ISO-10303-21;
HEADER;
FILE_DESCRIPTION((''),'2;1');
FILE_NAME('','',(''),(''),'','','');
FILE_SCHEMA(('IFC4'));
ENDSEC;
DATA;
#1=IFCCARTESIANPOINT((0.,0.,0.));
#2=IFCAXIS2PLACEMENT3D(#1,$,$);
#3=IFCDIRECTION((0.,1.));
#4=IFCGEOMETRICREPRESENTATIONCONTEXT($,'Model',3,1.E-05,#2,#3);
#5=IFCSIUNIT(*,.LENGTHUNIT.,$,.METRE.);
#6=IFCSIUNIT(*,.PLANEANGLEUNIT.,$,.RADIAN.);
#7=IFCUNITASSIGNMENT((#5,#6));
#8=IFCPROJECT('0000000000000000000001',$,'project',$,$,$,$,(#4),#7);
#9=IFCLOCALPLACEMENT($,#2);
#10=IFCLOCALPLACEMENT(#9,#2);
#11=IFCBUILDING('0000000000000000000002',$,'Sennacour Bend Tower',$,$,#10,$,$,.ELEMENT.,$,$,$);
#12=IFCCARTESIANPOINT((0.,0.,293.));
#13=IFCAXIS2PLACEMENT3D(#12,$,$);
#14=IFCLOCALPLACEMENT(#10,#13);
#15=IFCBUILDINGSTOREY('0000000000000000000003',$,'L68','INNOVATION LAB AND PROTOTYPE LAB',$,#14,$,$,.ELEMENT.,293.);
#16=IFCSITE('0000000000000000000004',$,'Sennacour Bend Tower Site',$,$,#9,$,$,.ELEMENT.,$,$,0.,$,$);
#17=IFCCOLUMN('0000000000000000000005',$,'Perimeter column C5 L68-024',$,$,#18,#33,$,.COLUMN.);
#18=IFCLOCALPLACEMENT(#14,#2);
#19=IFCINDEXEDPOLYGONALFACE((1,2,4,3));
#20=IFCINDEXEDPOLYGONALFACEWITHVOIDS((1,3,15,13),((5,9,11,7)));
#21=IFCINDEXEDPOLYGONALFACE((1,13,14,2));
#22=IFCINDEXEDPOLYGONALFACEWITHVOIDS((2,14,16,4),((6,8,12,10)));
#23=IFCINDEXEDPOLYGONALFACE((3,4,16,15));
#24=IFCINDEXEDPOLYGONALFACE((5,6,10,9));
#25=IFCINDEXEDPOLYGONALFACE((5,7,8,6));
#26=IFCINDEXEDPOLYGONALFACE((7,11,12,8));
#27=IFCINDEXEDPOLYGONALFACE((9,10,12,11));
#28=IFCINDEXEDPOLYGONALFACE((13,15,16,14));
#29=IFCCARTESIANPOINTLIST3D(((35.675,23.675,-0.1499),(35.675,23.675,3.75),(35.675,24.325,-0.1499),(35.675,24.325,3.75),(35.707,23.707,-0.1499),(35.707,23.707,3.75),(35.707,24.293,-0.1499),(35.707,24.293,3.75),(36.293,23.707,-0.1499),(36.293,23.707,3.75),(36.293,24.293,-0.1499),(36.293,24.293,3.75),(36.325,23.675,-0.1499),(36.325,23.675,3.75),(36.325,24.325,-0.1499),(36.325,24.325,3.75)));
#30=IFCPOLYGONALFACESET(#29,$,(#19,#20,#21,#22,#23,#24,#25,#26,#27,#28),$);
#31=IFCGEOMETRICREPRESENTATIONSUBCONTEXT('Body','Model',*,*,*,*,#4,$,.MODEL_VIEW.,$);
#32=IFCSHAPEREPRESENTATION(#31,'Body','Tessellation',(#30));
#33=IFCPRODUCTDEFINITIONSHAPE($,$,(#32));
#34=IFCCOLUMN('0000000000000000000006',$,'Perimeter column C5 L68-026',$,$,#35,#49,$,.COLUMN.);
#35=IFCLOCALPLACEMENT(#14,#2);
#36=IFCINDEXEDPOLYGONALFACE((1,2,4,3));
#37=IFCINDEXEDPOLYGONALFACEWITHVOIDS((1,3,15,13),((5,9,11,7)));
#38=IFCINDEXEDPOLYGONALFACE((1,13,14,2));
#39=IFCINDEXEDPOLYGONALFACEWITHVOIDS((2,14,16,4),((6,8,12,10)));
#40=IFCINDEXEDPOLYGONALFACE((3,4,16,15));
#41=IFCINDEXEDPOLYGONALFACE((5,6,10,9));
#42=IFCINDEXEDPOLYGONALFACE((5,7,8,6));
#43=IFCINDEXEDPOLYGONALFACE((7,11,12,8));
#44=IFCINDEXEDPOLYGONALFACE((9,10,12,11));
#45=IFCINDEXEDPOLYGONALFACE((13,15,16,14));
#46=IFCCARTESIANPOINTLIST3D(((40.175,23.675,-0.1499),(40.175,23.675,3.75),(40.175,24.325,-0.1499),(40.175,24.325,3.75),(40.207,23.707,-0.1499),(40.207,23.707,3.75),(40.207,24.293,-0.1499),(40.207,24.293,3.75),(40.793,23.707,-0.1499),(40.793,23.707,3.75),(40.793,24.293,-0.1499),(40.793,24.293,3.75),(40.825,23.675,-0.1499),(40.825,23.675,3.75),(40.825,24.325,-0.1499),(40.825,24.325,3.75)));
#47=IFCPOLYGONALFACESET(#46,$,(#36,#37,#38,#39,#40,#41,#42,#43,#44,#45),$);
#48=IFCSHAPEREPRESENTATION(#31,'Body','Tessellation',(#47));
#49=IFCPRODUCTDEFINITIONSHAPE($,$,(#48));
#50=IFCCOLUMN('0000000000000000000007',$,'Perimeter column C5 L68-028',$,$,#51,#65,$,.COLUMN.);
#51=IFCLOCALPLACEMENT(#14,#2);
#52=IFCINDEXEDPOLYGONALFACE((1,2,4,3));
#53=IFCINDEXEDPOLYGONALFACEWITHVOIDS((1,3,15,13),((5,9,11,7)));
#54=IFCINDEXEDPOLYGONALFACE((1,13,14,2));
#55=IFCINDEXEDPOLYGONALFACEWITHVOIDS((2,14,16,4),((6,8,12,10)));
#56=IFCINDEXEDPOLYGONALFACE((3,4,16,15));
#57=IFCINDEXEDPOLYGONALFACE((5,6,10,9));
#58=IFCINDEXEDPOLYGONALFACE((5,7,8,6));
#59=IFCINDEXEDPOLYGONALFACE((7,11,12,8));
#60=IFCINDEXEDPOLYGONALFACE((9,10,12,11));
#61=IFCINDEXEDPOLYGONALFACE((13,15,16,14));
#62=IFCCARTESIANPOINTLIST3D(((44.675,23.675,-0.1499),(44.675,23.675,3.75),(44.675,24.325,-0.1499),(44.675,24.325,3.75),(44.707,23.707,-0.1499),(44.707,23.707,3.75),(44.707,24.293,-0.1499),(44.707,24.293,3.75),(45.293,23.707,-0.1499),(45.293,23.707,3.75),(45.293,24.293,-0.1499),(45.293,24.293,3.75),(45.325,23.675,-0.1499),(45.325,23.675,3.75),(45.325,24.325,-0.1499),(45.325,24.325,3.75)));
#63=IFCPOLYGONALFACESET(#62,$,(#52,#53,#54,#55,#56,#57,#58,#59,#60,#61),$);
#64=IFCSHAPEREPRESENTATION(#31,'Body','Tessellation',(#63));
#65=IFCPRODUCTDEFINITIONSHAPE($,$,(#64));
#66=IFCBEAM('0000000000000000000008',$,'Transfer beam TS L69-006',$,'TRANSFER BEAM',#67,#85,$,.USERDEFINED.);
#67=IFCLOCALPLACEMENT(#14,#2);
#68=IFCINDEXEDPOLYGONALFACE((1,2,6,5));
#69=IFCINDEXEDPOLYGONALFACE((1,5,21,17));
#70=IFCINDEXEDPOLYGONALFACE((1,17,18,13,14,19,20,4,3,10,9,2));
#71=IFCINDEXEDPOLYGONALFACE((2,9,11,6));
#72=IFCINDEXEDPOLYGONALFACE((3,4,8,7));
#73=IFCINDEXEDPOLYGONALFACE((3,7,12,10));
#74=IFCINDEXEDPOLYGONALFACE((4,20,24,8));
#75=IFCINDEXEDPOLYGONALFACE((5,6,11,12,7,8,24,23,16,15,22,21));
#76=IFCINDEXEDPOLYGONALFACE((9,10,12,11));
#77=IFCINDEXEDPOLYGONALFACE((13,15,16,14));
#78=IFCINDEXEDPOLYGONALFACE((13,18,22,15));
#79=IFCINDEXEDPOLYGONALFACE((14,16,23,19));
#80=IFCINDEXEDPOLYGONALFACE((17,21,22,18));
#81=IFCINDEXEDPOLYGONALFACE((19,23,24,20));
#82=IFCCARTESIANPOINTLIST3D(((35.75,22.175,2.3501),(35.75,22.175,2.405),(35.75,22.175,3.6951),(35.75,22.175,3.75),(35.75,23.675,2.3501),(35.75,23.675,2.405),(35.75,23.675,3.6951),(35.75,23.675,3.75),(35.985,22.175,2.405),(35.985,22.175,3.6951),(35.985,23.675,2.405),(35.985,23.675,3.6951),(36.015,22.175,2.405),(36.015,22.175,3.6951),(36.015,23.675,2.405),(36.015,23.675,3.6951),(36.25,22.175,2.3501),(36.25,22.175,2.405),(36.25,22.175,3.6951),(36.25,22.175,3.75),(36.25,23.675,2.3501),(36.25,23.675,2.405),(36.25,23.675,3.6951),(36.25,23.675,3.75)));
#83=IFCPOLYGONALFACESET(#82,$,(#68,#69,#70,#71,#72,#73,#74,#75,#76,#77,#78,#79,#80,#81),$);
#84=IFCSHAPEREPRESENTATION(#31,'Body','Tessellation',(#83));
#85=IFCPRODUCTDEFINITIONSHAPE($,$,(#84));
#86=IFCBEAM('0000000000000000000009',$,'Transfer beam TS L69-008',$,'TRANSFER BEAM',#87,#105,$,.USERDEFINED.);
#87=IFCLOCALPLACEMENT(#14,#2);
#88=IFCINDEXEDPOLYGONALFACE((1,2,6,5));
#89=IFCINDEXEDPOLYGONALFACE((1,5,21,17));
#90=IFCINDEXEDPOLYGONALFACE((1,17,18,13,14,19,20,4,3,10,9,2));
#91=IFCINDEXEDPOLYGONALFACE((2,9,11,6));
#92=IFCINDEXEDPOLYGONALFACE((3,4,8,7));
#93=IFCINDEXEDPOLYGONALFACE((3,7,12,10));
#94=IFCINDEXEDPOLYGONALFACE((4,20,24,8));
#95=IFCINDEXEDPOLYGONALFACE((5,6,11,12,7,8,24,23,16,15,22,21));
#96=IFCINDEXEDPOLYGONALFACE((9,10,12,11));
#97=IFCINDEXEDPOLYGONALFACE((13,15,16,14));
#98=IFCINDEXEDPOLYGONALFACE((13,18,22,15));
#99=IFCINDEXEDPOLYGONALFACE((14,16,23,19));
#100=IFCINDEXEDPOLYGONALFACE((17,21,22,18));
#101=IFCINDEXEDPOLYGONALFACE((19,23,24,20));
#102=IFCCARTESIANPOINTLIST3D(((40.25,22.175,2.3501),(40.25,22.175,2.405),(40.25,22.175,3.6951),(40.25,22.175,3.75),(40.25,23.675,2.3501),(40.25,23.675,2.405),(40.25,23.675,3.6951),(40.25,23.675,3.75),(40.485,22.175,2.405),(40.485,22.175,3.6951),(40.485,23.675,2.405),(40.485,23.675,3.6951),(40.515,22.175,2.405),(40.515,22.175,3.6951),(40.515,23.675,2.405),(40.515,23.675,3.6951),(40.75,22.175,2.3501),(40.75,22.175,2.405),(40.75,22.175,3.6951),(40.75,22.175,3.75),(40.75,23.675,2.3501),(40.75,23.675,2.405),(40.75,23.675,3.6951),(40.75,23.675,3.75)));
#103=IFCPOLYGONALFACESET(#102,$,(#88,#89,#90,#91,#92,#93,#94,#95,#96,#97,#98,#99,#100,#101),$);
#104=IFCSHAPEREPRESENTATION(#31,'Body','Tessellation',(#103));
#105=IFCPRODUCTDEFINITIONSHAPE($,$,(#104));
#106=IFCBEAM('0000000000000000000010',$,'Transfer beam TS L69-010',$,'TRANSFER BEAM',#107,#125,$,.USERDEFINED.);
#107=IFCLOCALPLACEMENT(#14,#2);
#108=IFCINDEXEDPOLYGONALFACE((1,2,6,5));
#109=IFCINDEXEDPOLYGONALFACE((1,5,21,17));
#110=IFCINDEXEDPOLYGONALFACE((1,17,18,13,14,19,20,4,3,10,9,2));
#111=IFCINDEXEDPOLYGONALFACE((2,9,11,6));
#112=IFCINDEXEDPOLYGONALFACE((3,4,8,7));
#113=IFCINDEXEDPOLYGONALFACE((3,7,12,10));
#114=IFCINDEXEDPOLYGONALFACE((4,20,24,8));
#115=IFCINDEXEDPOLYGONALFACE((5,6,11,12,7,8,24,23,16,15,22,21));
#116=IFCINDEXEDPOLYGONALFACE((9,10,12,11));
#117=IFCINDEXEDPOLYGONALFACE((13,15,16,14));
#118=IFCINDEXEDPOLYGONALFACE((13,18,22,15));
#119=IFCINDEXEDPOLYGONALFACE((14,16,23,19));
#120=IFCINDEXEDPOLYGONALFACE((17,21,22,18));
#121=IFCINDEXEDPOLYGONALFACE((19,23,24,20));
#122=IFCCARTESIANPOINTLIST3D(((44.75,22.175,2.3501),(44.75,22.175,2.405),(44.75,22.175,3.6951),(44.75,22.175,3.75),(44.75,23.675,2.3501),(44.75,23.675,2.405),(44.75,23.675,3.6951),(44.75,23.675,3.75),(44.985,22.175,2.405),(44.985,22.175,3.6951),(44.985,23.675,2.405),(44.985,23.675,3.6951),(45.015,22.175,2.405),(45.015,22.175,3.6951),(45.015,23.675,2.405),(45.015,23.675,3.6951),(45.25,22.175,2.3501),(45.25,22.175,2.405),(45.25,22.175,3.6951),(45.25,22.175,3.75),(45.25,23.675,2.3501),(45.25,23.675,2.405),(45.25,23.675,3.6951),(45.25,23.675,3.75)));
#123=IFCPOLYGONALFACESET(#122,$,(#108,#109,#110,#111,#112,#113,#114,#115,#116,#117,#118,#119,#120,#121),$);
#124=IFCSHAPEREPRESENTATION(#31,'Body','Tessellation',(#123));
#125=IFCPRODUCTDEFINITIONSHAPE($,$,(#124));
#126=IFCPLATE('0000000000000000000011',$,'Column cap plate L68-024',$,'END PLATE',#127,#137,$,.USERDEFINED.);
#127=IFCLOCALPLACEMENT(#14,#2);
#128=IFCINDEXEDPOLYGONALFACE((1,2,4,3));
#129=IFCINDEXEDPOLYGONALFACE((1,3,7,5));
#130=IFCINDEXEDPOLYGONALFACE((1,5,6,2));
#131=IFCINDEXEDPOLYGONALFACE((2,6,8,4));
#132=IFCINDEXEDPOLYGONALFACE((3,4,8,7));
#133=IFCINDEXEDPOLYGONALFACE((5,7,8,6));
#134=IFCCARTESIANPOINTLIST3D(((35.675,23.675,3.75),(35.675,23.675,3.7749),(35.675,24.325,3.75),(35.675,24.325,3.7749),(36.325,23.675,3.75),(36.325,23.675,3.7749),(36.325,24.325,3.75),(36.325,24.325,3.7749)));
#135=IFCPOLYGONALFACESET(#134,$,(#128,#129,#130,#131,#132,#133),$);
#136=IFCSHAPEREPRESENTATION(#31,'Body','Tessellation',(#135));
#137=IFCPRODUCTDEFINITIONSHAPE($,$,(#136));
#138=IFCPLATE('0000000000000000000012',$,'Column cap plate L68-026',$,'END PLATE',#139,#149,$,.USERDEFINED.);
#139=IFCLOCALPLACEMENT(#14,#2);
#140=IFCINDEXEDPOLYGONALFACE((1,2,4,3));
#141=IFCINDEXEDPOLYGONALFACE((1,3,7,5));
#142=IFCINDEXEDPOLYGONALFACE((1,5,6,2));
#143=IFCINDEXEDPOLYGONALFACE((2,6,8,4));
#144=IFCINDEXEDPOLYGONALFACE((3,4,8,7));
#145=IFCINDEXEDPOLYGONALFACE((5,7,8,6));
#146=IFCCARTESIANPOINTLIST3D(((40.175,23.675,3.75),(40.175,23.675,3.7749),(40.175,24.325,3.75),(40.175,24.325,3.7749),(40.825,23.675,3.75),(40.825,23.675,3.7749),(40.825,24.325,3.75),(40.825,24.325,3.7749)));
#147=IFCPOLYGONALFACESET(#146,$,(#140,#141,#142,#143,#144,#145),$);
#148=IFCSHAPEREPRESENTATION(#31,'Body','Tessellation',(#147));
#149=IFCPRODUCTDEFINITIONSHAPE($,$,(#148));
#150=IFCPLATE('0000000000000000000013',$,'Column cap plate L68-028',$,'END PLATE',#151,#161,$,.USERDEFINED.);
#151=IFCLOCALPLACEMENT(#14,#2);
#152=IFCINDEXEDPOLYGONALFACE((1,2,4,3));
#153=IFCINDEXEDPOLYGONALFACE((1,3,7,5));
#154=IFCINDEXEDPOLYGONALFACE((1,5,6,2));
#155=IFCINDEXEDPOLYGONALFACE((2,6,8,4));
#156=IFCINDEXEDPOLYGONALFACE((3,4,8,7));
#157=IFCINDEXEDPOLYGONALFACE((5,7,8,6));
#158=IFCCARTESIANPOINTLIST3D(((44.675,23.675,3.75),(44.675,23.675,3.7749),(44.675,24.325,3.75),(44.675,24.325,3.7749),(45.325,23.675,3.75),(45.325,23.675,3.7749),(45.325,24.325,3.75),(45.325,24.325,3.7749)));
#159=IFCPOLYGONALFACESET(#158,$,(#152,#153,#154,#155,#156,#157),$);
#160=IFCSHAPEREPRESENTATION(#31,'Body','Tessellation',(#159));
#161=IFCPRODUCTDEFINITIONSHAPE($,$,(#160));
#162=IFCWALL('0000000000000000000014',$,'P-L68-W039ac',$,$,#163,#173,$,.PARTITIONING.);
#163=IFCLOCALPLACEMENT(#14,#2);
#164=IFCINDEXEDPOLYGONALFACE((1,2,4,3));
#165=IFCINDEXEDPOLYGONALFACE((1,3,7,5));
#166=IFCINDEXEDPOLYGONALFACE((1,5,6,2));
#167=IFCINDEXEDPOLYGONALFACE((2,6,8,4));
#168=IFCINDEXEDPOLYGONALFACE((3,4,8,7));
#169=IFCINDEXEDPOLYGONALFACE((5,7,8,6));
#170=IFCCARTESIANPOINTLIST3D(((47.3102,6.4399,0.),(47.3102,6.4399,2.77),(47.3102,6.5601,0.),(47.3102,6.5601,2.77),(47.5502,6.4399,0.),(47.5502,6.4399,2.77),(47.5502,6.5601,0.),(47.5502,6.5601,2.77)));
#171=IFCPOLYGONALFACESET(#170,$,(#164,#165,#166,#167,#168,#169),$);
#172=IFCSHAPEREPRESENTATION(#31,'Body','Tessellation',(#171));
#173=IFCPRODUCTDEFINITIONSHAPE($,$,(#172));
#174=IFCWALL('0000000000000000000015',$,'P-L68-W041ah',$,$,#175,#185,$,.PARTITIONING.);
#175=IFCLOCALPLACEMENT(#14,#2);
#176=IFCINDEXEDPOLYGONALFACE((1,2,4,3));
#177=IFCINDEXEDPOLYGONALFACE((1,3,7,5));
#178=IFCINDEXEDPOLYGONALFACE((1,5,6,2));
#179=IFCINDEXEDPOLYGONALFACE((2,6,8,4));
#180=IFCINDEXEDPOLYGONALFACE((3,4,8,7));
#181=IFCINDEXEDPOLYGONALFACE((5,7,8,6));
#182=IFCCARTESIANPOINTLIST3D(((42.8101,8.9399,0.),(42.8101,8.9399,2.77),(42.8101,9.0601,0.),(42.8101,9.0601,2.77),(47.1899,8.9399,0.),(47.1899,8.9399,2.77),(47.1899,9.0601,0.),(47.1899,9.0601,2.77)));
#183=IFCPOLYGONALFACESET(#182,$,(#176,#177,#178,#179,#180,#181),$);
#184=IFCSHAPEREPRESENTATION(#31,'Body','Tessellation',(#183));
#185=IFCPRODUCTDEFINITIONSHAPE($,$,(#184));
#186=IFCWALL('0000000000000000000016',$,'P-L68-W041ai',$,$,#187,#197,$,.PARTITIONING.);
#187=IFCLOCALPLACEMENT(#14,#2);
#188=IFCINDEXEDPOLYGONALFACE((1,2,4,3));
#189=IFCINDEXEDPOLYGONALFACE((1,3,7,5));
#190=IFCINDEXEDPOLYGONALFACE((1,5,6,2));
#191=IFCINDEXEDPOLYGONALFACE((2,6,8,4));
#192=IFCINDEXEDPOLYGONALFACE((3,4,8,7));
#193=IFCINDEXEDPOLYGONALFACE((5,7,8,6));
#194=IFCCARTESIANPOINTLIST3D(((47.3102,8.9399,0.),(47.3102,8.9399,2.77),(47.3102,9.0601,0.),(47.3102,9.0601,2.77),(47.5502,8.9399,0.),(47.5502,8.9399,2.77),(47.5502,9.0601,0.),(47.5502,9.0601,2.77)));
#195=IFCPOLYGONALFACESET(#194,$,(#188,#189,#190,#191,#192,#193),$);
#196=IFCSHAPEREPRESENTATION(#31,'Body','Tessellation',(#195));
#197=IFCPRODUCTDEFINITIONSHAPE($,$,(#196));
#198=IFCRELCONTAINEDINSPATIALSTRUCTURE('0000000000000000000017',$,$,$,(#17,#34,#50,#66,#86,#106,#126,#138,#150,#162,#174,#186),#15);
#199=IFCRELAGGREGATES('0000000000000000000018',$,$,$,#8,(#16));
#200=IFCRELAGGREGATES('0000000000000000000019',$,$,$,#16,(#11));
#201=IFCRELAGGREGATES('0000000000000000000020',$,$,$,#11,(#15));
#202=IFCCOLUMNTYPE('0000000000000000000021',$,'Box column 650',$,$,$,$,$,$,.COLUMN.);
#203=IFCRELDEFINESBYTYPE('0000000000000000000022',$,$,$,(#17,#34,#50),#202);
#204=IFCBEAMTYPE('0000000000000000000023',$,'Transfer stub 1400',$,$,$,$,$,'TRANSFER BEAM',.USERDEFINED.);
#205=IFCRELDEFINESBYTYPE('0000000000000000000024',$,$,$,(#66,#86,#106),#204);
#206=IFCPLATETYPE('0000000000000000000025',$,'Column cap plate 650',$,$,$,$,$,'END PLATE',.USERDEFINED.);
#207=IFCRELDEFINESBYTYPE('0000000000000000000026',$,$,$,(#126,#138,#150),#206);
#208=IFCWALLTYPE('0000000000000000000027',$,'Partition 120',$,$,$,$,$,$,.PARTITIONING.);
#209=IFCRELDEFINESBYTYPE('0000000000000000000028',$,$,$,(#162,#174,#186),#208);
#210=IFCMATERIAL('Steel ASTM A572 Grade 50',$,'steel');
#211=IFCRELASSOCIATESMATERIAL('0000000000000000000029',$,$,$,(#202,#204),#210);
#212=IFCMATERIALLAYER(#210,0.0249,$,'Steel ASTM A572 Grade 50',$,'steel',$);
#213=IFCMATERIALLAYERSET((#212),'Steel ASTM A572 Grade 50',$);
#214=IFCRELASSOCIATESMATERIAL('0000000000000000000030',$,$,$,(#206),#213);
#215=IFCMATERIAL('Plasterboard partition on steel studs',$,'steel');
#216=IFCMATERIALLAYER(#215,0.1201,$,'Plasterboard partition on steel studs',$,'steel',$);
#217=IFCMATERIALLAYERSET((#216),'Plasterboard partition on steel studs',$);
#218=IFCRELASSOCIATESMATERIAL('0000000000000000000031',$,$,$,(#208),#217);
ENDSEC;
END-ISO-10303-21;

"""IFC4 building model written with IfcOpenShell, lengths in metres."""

from ifc_helpers import new_model, si_unit, direction, frame, frame_2d, origin, origin_2d, place, context, subcontext, project, spatial, rectangle, hollow_rectangle, i_section, extrude, material, layer, layer_set, material_profile, profile_set, type_object, element, save


model = new_model("IFC4")

# Units and contexts
model_context = context("Model", 3, precision=1e-05, world=origin(), true_north=direction((0.0, 1.0)))
body_context = subcontext(model_context, "Body", "Model", "MODEL_VIEW")
ifc_project = project(units=[si_unit("LENGTHUNIT", "METRE"), si_unit("PLANEANGLEUNIT", "RADIAN")], contexts=[model_context])

# Site, building, storey
site_placement = place(None, origin())
site = spatial("IfcSite", under=ifc_project, at=site_placement, Name="Sennacour Bend Tower Site", CompositionType="ELEMENT", RefElevation=0.0)
building_placement = place(site_placement, origin())
building = spatial("IfcBuilding", under=site, at=building_placement, Name="Sennacour Bend Tower", CompositionType="ELEMENT")
storey_placement = place(building_placement, frame((0.0, 0.0, 293.0)))
storey = spatial("IfcBuildingStorey", under=building, at=storey_placement, Name="L68", Description="INNOVATION LAB AND PROTOTYPE LAB", CompositionType="ELEMENT", Elevation=293.0)

# Columns
ifc_material_1 = material(Name="Steel ASTM A572 Grade 50", Category="steel")
ifc_material_profile_1 = material_profile(ifc_material_1, hollow_rectangle(XDim=0.6499, YDim=0.6499, WallThickness=0.032, at=origin_2d()), Name="Steel ASTM A572 Grade 50", Category="steel")
ifc_profile_set_1 = profile_set([ifc_material_profile_1], Name="Steel ASTM A572 Grade 50")
column_type = type_object("IfcColumnType", Name="Box column 650", PredefinedType="COLUMN", material=ifc_profile_set_1)
for number, where, z_axis, x_axis, name in (
    (1, (36.0, 24.0, -0.1499), (0.0, 0.0, 1.0), (1.0, 0.0, 0.0), "Perimeter column C5 L68-024"),
    (2, (40.5, 24.0, -0.1499), (0.0, 0.0, 1.0), (1.0, 0.0, 0.0), "Perimeter column C5 L68-026"),
    (3, (45.0, 24.0, -0.1499), (0.0, 0.0, 1.0), (1.0, 0.0, 0.0), "Perimeter column C5 L68-028"),
):
    element("IfcColumn", number, at=place(storey_placement, frame(where, z_axis=z_axis, x_axis=x_axis)), inside=storey, type_object=column_type, Name=name, PredefinedType="COLUMN", context=body_context, shape_type="SweptSolid", body=[
        extrude(hollow_rectangle(XDim=0.6499, YDim=0.6499, WallThickness=0.032, at=origin_2d()), origin(), (0.0, 0.0, 1.0), 3.8999),
    ])

# Beams
ifc_material_profile_2 = material_profile(ifc_material_1, i_section(OverallWidth=0.5, OverallDepth=1.3999, WebThickness=0.03, FlangeThickness=0.0549, at=origin_2d()), Name="Steel ASTM A572 Grade 50", Category="steel")
ifc_profile_set_2 = profile_set([ifc_material_profile_2], Name="Steel ASTM A572 Grade 50")
beam_type = type_object("IfcBeamType", Name="Transfer stub 1400", ElementType="TRANSFER BEAM", PredefinedType="USERDEFINED", material=ifc_profile_set_2)
for number, where, z_axis, x_axis, name in (
    (4, (36.0, 23.675, 3.05), (0.0, -1.0, 0.0), (1.0, 0.0, 0.0), "Transfer beam TS L69-006"),
    (5, (40.5, 23.675, 3.05), (0.0, -1.0, 0.0), (1.0, 0.0, 0.0), "Transfer beam TS L69-008"),
    (6, (45.0, 23.675, 3.05), (0.0, -1.0, 0.0), (1.0, 0.0, 0.0), "Transfer beam TS L69-010"),
):
    element("IfcBeam", number, at=place(storey_placement, frame(where, z_axis=z_axis, x_axis=x_axis)), inside=storey, type_object=beam_type, Name=name, ObjectType="TRANSFER BEAM", PredefinedType="USERDEFINED", context=body_context, shape_type="SweptSolid", body=[
        extrude(i_section(OverallWidth=0.5, OverallDepth=1.3999, WebThickness=0.03, FlangeThickness=0.0549, at=origin_2d()), origin(), (0.0, 0.0, 1.0), 1.5),
    ])

# Plates
ifc_layer_1 = layer(ifc_material_1, 0.0249, Name="Steel ASTM A572 Grade 50", Category="steel")
ifc_layer_set_1 = layer_set([ifc_layer_1], Name="Steel ASTM A572 Grade 50")
plate_type = type_object("IfcPlateType", Name="Column cap plate 650", ElementType="END PLATE", PredefinedType="USERDEFINED", material=ifc_layer_set_1)
for number, where, z_axis, x_axis, name in (
    (7, (36.0, 24.0, 3.75), (0.0, 0.0, 1.0), (1.0, 0.0, 0.0), "Column cap plate L68-024"),
    (8, (40.5, 24.0, 3.75), (0.0, 0.0, 1.0), (1.0, 0.0, 0.0), "Column cap plate L68-026"),
    (9, (45.0, 24.0, 3.75), (0.0, 0.0, 1.0), (1.0, 0.0, 0.0), "Column cap plate L68-028"),
):
    element("IfcPlate", number, at=place(storey_placement, frame(where, z_axis=z_axis, x_axis=x_axis)), inside=storey, type_object=plate_type, Name=name, ObjectType="END PLATE", PredefinedType="USERDEFINED", context=body_context, shape_type="SweptSolid", body=[
        extrude(rectangle(XDim=0.6499, YDim=0.6499, at=origin_2d()), origin(), (0.0, 0.0, 1.0), 0.0249),
    ])

# Walls
ifc_material_2 = material(Name="Plasterboard partition on steel studs", Category="steel")
ifc_layer_2 = layer(ifc_material_2, 0.1201, Name="Plasterboard partition on steel studs", Category="steel")
ifc_layer_set_2 = layer_set([ifc_layer_2], Name="Plasterboard partition on steel studs")
wall_type_1 = type_object("IfcWallType", Name="Partition 120", PredefinedType="PARTITIONING", material=ifc_layer_set_2)
wall_1_placement = place(storey_placement, frame((47.3101, 6.5, 0.0), z_axis=(0.0, 0.0, 1.0), x_axis=(1.0, 0.0, 0.0)))
element("IfcWall", 10, at=wall_1_placement, inside=storey, type_object=wall_type_1, Name="P-L68-W039ac", PredefinedType="PARTITIONING", context=body_context, shape_type="SweptSolid", body=[
    extrude(rectangle(XDim=0.24, YDim=0.1201, at=frame_2d((0.1201, 0.0))), origin(), (0.0, 0.0, 1.0), 2.77),
])
wall_2_placement = place(storey_placement, frame((42.8101, 9.0, 0.0), z_axis=(0.0, 0.0, 1.0), x_axis=(1.0, 0.0, 0.0)))
element("IfcWall", 11, at=wall_2_placement, inside=storey, type_object=wall_type_1, Name="P-L68-W041ah", PredefinedType="PARTITIONING", context=body_context, shape_type="SweptSolid", body=[
    extrude(rectangle(XDim=4.3799, YDim=0.1201, at=frame_2d((2.1899, 0.0))), origin(), (0.0, 0.0, 1.0), 2.77),
])
wall_3_placement = place(storey_placement, frame((47.3101, 9.0, 0.0), z_axis=(0.0, 0.0, 1.0), x_axis=(1.0, 0.0, 0.0)))
element("IfcWall", 12, at=wall_3_placement, inside=storey, type_object=wall_type_1, Name="P-L68-W041ai", PredefinedType="PARTITIONING", context=body_context, shape_type="SweptSolid", body=[
    extrude(rectangle(XDim=0.24, YDim=0.1201, at=frame_2d((0.1201, 0.0))), origin(), (0.0, 0.0, 1.0), 2.77),
])

save(model, "model.ifc")
